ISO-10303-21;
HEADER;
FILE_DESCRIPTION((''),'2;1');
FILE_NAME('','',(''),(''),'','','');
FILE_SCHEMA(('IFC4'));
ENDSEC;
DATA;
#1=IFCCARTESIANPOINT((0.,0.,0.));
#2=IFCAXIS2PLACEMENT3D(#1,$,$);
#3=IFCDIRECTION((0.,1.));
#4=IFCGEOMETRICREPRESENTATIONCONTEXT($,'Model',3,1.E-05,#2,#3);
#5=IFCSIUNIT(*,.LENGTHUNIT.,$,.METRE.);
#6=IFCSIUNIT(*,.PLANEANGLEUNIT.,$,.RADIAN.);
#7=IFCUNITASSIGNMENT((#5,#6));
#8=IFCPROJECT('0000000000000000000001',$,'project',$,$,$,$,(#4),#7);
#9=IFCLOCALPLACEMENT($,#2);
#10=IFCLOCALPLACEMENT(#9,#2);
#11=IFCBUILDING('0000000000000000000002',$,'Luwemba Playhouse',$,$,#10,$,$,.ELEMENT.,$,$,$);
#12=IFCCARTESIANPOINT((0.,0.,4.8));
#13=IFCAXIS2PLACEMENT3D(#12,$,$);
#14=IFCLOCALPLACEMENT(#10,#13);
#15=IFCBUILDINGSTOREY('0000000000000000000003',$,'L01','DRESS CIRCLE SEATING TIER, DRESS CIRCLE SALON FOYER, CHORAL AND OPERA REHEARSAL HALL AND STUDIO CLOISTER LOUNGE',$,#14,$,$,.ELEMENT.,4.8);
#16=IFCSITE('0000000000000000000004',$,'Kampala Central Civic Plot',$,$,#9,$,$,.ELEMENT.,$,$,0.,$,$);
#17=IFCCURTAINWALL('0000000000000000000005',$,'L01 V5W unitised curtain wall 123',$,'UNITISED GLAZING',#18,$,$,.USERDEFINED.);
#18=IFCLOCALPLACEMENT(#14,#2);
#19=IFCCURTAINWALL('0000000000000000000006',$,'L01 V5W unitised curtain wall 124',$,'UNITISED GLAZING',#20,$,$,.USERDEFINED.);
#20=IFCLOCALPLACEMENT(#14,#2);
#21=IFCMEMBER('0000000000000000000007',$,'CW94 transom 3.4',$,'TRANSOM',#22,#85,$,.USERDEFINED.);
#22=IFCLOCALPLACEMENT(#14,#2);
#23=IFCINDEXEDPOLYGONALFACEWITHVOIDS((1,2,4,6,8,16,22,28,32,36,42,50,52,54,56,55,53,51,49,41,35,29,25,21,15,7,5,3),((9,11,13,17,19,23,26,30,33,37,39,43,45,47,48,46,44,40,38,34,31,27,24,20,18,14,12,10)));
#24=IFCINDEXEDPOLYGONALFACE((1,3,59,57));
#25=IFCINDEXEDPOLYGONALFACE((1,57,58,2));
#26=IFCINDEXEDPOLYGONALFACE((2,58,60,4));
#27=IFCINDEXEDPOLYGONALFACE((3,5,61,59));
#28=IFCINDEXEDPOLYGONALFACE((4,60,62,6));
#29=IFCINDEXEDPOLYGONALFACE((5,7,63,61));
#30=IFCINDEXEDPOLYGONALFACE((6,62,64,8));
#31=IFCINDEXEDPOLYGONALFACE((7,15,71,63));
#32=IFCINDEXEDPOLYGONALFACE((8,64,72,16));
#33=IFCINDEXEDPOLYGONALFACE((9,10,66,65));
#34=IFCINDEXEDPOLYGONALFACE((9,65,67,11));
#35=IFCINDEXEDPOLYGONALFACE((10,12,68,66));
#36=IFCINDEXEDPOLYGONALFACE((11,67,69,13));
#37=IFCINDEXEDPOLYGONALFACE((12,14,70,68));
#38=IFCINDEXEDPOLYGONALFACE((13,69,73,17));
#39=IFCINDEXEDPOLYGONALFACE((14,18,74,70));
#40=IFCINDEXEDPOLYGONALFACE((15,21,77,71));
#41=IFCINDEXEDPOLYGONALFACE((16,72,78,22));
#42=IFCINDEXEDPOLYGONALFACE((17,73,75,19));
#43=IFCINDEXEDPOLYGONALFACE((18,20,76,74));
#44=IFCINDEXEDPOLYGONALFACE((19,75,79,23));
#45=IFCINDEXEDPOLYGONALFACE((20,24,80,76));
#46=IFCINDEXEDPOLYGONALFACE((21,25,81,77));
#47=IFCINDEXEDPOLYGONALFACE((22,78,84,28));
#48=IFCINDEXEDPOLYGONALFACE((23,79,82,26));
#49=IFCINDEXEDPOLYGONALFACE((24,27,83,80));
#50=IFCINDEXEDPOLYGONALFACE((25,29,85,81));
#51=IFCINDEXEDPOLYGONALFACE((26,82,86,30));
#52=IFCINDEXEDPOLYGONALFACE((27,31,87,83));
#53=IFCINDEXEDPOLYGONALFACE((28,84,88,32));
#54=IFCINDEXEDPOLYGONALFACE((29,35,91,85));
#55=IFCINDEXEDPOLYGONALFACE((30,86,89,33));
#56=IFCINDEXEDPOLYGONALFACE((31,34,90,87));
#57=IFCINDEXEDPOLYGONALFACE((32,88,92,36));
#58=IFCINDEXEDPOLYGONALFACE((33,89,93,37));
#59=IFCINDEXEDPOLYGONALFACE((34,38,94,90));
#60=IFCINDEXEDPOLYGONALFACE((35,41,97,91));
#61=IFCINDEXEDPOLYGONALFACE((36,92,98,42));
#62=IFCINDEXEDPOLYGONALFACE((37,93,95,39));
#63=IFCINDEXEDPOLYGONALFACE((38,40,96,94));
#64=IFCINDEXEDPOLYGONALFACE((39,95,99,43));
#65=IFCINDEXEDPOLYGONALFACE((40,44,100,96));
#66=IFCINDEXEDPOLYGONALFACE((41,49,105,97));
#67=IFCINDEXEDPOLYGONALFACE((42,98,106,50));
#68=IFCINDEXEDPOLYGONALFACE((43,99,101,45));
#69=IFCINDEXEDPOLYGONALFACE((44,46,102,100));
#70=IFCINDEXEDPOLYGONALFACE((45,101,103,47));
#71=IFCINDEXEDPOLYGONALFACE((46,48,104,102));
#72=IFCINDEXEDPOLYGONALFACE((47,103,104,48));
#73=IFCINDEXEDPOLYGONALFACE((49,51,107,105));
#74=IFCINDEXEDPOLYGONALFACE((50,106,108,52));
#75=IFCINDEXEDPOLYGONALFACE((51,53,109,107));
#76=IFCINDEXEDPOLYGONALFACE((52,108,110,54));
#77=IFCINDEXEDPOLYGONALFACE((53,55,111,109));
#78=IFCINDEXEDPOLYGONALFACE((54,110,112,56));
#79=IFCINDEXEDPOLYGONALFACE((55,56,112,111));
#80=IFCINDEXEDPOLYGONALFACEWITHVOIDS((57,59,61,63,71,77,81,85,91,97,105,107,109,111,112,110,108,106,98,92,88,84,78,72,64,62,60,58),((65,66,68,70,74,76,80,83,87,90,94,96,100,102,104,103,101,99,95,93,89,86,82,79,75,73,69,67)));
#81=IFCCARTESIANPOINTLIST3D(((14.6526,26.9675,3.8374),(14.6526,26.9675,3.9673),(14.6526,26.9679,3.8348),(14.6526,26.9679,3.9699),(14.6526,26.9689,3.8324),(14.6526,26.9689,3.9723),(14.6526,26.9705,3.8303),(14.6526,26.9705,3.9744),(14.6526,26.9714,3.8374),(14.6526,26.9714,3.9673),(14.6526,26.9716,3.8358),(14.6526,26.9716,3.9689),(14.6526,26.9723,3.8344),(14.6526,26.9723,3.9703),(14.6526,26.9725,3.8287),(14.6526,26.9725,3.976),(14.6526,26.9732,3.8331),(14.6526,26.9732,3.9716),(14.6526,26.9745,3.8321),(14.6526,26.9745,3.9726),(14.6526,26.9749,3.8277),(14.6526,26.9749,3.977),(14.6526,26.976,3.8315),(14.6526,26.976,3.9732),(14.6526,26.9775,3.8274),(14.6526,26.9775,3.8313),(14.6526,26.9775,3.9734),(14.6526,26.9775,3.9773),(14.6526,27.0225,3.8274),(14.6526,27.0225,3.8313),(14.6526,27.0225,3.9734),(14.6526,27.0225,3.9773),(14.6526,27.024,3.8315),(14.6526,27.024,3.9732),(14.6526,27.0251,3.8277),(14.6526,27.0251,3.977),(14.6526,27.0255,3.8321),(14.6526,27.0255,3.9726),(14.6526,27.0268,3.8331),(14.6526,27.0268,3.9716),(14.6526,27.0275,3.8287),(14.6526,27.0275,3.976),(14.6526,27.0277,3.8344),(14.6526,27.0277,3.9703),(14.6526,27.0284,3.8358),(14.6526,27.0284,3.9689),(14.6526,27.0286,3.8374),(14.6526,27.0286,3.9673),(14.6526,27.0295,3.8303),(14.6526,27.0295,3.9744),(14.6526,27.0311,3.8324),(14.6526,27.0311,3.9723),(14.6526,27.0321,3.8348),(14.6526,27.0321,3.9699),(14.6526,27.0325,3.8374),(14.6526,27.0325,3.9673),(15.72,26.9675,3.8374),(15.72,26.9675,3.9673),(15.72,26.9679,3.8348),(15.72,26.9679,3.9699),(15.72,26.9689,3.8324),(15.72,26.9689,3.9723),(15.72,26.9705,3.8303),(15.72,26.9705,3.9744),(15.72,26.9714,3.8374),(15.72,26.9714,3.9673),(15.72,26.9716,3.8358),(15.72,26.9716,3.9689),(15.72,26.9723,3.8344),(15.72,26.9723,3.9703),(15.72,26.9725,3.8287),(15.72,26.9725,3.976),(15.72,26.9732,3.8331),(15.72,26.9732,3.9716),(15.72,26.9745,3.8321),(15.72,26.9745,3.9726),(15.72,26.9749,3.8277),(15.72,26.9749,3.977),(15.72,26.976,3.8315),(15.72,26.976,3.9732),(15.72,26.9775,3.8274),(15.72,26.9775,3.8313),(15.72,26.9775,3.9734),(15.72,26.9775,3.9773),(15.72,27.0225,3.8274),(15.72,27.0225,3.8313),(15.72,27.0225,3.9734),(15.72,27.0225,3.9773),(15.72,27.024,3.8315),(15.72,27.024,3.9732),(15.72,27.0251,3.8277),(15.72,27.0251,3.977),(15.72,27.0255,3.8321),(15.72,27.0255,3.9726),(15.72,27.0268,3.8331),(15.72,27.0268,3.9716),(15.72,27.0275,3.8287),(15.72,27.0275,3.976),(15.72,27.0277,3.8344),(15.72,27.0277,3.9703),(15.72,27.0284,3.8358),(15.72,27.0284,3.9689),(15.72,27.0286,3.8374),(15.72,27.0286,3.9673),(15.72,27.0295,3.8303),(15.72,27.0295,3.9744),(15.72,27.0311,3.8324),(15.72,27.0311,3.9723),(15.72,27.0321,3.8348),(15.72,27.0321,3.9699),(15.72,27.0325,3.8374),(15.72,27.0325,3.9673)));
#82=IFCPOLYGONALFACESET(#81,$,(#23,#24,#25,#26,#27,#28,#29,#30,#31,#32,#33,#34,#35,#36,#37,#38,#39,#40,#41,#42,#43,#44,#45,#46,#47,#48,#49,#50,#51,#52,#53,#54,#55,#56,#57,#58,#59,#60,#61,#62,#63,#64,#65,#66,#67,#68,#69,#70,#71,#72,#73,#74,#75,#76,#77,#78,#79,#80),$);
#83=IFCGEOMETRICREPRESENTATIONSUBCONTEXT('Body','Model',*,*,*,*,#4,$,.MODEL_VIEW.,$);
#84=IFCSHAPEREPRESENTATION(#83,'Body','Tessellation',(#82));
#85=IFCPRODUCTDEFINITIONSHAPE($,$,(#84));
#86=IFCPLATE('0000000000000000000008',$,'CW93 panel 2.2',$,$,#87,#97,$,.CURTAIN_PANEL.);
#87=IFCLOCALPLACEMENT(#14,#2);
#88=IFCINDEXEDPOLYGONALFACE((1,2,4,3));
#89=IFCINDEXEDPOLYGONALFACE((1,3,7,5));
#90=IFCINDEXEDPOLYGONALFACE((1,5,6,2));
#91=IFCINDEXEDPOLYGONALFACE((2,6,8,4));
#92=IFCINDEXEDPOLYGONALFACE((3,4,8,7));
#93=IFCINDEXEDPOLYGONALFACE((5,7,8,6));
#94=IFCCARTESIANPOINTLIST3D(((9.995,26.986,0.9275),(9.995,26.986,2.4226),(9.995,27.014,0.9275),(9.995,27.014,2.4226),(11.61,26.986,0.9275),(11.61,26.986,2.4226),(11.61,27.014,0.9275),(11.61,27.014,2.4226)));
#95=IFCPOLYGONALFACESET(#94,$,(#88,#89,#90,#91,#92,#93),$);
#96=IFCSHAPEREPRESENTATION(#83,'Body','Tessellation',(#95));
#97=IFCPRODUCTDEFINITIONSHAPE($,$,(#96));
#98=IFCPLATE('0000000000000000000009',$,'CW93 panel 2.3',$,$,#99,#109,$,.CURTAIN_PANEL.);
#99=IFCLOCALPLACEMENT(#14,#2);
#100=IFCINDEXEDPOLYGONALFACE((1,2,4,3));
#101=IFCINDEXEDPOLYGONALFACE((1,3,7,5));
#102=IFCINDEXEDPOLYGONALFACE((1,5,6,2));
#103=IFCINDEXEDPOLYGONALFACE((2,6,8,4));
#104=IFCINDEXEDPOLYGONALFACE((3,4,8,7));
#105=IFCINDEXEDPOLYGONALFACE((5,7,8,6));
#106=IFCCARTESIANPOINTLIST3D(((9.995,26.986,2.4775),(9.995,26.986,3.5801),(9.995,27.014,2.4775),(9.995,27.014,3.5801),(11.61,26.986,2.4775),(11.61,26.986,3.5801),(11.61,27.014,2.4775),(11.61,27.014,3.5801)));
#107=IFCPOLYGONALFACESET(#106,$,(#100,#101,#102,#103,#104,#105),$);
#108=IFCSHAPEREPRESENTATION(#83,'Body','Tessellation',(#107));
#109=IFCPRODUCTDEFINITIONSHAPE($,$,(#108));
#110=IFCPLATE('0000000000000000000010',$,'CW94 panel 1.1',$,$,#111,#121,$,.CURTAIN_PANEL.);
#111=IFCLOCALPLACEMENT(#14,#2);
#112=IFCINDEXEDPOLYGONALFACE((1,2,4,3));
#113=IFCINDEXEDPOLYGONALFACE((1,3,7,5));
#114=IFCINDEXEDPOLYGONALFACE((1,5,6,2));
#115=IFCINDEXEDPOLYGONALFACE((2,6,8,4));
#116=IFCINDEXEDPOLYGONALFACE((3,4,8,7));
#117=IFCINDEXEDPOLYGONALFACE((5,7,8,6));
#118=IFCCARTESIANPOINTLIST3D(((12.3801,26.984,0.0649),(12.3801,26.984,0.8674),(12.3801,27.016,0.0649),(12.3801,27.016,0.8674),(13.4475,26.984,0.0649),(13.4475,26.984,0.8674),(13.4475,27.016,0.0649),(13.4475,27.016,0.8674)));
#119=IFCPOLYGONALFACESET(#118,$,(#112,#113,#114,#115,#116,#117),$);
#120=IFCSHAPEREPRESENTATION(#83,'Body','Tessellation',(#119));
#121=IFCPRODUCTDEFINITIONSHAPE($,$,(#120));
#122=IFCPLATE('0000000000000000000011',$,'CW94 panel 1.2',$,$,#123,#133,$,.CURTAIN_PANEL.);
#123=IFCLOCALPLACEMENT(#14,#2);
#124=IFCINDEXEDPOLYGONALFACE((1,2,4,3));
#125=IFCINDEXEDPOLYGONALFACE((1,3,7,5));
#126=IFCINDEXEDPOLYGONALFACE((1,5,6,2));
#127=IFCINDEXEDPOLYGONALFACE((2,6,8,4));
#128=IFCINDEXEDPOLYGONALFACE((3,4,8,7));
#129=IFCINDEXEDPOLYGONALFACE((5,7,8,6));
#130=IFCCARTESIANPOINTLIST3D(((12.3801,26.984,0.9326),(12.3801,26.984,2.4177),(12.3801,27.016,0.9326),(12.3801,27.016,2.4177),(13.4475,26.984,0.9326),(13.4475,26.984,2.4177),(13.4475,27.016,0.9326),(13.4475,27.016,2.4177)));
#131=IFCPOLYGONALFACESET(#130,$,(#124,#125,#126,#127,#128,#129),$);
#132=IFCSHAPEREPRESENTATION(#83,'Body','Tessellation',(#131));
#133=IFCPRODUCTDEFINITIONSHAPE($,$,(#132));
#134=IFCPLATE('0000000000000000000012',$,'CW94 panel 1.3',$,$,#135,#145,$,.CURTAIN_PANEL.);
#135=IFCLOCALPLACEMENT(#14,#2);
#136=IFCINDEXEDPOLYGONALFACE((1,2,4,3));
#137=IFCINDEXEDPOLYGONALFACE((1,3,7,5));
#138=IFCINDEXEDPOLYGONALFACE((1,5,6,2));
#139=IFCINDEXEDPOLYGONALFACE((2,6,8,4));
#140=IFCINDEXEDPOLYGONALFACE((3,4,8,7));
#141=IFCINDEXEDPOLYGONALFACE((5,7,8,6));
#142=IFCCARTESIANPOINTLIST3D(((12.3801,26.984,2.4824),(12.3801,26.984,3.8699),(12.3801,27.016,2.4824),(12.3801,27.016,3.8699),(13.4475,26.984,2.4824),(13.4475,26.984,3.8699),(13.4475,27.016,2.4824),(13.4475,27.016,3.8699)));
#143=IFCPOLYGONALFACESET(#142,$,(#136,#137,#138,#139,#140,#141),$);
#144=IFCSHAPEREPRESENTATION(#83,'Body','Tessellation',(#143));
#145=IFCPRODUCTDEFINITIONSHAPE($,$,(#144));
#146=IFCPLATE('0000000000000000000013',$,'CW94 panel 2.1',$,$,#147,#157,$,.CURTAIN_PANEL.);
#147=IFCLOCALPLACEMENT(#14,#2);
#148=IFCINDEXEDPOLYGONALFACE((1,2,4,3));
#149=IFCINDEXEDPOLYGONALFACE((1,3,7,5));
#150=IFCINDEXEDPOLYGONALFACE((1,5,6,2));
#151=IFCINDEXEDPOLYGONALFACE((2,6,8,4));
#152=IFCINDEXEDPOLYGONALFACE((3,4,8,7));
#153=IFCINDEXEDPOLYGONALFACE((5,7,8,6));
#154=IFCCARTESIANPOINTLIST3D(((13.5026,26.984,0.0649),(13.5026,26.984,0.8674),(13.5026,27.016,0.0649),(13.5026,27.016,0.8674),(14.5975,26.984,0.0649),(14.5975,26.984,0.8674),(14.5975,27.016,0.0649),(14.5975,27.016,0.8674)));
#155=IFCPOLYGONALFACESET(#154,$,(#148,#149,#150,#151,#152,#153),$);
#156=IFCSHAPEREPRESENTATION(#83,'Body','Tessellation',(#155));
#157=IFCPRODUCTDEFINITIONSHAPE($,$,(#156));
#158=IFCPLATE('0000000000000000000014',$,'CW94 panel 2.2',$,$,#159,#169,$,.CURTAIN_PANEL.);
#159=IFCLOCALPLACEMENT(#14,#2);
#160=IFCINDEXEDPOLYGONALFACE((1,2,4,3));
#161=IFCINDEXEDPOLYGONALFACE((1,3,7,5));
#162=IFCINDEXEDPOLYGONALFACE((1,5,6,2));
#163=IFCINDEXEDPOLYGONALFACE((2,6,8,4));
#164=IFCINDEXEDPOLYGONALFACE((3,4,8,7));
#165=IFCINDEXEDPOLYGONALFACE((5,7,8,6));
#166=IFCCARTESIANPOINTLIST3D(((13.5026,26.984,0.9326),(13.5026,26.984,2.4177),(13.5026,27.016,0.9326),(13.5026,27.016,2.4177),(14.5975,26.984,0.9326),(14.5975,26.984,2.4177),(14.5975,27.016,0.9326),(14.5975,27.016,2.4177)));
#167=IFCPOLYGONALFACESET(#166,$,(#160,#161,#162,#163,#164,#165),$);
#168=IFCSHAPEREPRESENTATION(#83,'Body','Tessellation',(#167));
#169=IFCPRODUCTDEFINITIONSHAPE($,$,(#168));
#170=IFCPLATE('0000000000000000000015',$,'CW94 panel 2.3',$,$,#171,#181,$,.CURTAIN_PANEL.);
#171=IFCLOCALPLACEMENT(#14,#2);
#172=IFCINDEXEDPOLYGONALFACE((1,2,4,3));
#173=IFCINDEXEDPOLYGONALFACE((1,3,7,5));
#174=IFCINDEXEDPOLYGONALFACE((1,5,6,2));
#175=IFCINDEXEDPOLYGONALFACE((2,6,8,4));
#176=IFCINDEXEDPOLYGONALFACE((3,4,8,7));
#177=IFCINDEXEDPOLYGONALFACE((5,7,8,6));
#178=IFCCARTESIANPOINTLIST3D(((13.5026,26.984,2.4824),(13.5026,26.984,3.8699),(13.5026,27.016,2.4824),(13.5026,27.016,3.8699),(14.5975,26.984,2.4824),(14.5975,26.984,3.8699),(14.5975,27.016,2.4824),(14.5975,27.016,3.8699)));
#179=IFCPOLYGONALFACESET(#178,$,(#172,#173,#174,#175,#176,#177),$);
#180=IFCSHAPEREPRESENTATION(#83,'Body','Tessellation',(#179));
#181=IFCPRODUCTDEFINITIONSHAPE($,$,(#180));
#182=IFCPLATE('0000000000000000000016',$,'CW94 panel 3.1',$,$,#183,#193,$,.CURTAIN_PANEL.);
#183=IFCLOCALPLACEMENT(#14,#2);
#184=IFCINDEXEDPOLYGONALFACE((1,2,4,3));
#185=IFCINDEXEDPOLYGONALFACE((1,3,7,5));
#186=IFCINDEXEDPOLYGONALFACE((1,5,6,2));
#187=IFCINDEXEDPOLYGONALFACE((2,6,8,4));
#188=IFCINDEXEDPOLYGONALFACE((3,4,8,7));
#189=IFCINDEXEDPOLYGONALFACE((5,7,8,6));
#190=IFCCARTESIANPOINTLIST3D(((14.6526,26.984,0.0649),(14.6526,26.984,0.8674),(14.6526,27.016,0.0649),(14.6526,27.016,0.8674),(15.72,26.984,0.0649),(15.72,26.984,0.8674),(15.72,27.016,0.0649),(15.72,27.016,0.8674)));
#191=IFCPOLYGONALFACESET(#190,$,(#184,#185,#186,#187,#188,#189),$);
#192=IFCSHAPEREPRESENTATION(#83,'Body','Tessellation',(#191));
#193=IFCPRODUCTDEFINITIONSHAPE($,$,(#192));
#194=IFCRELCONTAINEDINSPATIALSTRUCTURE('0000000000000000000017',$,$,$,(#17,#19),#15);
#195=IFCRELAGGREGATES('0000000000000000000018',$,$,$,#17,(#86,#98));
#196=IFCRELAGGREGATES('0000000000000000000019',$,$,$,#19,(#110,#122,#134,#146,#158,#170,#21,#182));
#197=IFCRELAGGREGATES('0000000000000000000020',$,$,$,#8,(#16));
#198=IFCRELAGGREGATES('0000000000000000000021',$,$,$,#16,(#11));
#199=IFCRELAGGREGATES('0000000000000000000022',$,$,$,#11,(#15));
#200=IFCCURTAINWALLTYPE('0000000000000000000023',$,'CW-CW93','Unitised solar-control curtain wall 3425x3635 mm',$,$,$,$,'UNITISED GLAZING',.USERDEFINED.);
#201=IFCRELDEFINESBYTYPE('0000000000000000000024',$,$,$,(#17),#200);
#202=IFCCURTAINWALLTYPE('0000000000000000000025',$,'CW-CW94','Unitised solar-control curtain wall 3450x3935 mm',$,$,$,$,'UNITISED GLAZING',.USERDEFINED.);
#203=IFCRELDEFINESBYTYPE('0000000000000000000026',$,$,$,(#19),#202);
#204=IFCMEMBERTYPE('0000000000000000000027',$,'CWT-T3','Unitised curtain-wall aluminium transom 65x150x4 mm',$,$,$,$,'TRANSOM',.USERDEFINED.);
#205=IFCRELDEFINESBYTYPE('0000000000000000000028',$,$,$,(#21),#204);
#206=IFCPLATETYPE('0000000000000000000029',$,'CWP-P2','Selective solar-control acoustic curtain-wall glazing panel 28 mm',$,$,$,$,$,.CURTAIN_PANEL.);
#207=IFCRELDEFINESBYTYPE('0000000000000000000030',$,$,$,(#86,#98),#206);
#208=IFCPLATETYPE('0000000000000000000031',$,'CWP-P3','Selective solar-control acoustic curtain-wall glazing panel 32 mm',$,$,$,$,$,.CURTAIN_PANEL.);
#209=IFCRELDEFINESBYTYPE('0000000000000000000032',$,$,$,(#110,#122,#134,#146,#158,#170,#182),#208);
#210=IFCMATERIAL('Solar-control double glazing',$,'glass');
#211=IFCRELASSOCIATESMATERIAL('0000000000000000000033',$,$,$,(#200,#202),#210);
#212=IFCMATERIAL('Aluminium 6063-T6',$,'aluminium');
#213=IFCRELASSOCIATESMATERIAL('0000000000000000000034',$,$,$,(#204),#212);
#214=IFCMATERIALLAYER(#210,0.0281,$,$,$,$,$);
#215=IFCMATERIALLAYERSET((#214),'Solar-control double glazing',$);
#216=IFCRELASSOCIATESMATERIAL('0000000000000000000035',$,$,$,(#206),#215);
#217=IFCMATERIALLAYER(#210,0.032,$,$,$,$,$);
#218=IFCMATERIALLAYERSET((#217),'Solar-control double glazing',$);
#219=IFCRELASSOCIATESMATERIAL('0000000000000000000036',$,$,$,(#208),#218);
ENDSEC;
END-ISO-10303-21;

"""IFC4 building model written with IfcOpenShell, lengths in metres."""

from ifc_helpers import new_model, si_unit, direction, frame, origin, origin_2d, place, context, subcontext, project, spatial, rectangle, hollow_rectangle, extrude, material, layer, layer_set, material_profile, profile_set, type_object, element, aggregate, save


model = new_model("IFC4")

# Units and contexts
model_context = context("Model", 3, precision=1e-05, world=origin(), true_north=direction((0.0, 1.0)))
body_context = subcontext(model_context, "Body", "Model", "MODEL_VIEW")
ifc_project = project(units=[si_unit("LENGTHUNIT", "METRE"), si_unit("PLANEANGLEUNIT", "RADIAN")], contexts=[model_context])

# Site, building, storey
site_placement = place(None, origin())
site = spatial("IfcSite", under=ifc_project, at=site_placement, Name="Kampala Central Civic Plot", CompositionType="ELEMENT", RefElevation=0.0)
building_placement = place(site_placement, origin())
building = spatial("IfcBuilding", under=site, at=building_placement, Name="Luwemba Playhouse", CompositionType="ELEMENT")
storey_placement = place(building_placement, frame((0.0, 0.0, 4.8)))
storey = spatial("IfcBuildingStorey", under=building, at=storey_placement, Name="L01", Description="DRESS CIRCLE SEATING TIER, DRESS CIRCLE SALON FOYER, CHORAL AND OPERA REHEARSAL HALL AND STUDIO CLOISTER LOUNGE", CompositionType="ELEMENT", Elevation=4.8)

# Curtain wall
ifc_material_1 = material(Name="Solar-control double glazing", Category="glass")
curtain_wall_type_1 = type_object("IfcCurtainWallType", Name="CW-CW93", Description="Unitised solar-control curtain wall 3425x3635 mm", ElementType="UNITISED GLAZING", PredefinedType="USERDEFINED", material=ifc_material_1)
curtain_wall_1_placement = place(storey_placement, origin())
curtain_wall_1 = element("IfcCurtainWall", 1, at=curtain_wall_1_placement, inside=storey, type_object=curtain_wall_type_1, Name="L01 V5W unitised curtain wall 123", ObjectType="UNITISED GLAZING", PredefinedType="USERDEFINED")
ifc_material_2 = material(Name="Aluminium 6063-T6", Category="aluminium")

# Curtain wall, member
curtain_wall_type_2 = type_object("IfcCurtainWallType", Name="CW-CW94", Description="Unitised solar-control curtain wall 3450x3935 mm", ElementType="UNITISED GLAZING", PredefinedType="USERDEFINED", material=ifc_material_1)
curtain_wall_2_placement = place(storey_placement, origin())
curtain_wall_2 = element("IfcCurtainWall", 2, at=curtain_wall_2_placement, inside=storey, type_object=curtain_wall_type_2, Name="L01 V5W unitised curtain wall 124", ObjectType="UNITISED GLAZING", PredefinedType="USERDEFINED")
ifc_material_profile_1 = material_profile(ifc_material_2, hollow_rectangle(XDim=0.0649, YDim=0.1499, WallThickness=0.0039, InnerFilletRadius=0.0061, OuterFilletRadius=0.01, at=origin_2d()))
ifc_profile_set_1 = profile_set([ifc_material_profile_1], Name="Aluminium 6063-T6")
member_type_1 = type_object("IfcMemberType", Name="CWT-T3", Description="Unitised curtain-wall aluminium transom 65x150x4 mm", ElementType="TRANSOM", PredefinedType="USERDEFINED", material=ifc_profile_set_1)
member_1_placement = place(storey_placement, frame((14.6526, 27.0, 3.9023), z_axis=(1.0, 0.0, 0.0), x_axis=(0.0, 1.0, 0.0)))
member_1 = element("IfcMember", 3, at=member_1_placement, type_object=member_type_1, Name="CW94 transom 3.4", ObjectType="TRANSOM", PredefinedType="USERDEFINED", context=body_context, shape_type="SweptSolid", body=[
    extrude(hollow_rectangle(XDim=0.0649, YDim=0.1499, WallThickness=0.0039, InnerFilletRadius=0.0061, OuterFilletRadius=0.01, at=origin_2d()), origin(), (0.0, 0.0, 1.0), 1.0674),
])

# Plates
ifc_layer_1 = layer(ifc_material_1, 0.0281)
ifc_layer_set_1 = layer_set([ifc_layer_1], Name="Solar-control double glazing")
plate_type_1 = type_object("IfcPlateType", Name="CWP-P2", Description="Selective solar-control acoustic curtain-wall glazing panel 28 mm", PredefinedType="CURTAIN_PANEL", material=ifc_layer_set_1)
plate_1_placement = place(storey_placement, frame((10.8025, 27.0, 0.9275), z_axis=(0.0, 0.0, 1.0), x_axis=(1.0, 0.0, 0.0)))
plate_1 = element("IfcPlate", 4, at=plate_1_placement, type_object=plate_type_1, Name="CW93 panel 2.2", PredefinedType="CURTAIN_PANEL", context=body_context, shape_type="SweptSolid", body=[
    extrude(rectangle(XDim=1.615, YDim=0.0281, at=origin_2d()), origin(), (0.0, 0.0, 1.0), 1.4951),
])
plate_2_placement = place(storey_placement, frame((10.8025, 27.0, 2.4775), z_axis=(0.0, 0.0, 1.0), x_axis=(1.0, 0.0, 0.0)))
plate_2 = element("IfcPlate", 5, at=plate_2_placement, type_object=plate_type_1, Name="CW93 panel 2.3", PredefinedType="CURTAIN_PANEL", context=body_context, shape_type="SweptSolid", body=[
    extrude(rectangle(XDim=1.615, YDim=0.0281, at=origin_2d()), origin(), (0.0, 0.0, 1.0), 1.1025),
])
aggregate(curtain_wall_1, [plate_1, plate_2])
ifc_layer_2 = layer(ifc_material_1, 0.032)
ifc_layer_set_2 = layer_set([ifc_layer_2], Name="Solar-control double glazing")
plate_type_2 = type_object("IfcPlateType", Name="CWP-P3", Description="Selective solar-control acoustic curtain-wall glazing panel 32 mm", PredefinedType="CURTAIN_PANEL", material=ifc_layer_set_2)
plate_3_placement = place(storey_placement, frame((12.9138, 27.0, 0.0649), z_axis=(0.0, 0.0, 1.0), x_axis=(1.0, 0.0, 0.0)))
plate_3 = element("IfcPlate", 6, at=plate_3_placement, type_object=plate_type_2, Name="CW94 panel 1.1", PredefinedType="CURTAIN_PANEL", context=body_context, shape_type="SweptSolid", body=[
    extrude(rectangle(XDim=1.0674, YDim=0.032, at=origin_2d()), origin(), (0.0, 0.0, 1.0), 0.8025),
])
plate_4_placement = place(storey_placement, frame((12.9138, 27.0, 0.9326), z_axis=(0.0, 0.0, 1.0), x_axis=(1.0, 0.0, 0.0)))
plate_4 = element("IfcPlate", 7, at=plate_4_placement, type_object=plate_type_2, Name="CW94 panel 1.2", PredefinedType="CURTAIN_PANEL", context=body_context, shape_type="SweptSolid", body=[
    extrude(rectangle(XDim=1.0674, YDim=0.032, at=origin_2d()), origin(), (0.0, 0.0, 1.0), 1.4851),
])
plate_5_placement = place(storey_placement, frame((12.9138, 27.0, 2.4824), z_axis=(0.0, 0.0, 1.0), x_axis=(1.0, 0.0, 0.0)))
plate_5 = element("IfcPlate", 8, at=plate_5_placement, type_object=plate_type_2, Name="CW94 panel 1.3", PredefinedType="CURTAIN_PANEL", context=body_context, shape_type="SweptSolid", body=[
    extrude(rectangle(XDim=1.0674, YDim=0.032, at=origin_2d()), origin(), (0.0, 0.0, 1.0), 1.3875),
])
plate_6_placement = place(storey_placement, frame((14.05, 27.0, 0.0649), z_axis=(0.0, 0.0, 1.0), x_axis=(1.0, 0.0, 0.0)))
plate_6 = element("IfcPlate", 9, at=plate_6_placement, type_object=plate_type_2, Name="CW94 panel 2.1", PredefinedType="CURTAIN_PANEL", context=body_context, shape_type="SweptSolid", body=[
    extrude(rectangle(XDim=1.095, YDim=0.032, at=origin_2d()), origin(), (0.0, 0.0, 1.0), 0.8025),
])
plate_7_placement = place(storey_placement, frame((14.05, 27.0, 0.9326), z_axis=(0.0, 0.0, 1.0), x_axis=(1.0, 0.0, 0.0)))
plate_7 = element("IfcPlate", 10, at=plate_7_placement, type_object=plate_type_2, Name="CW94 panel 2.2", PredefinedType="CURTAIN_PANEL", context=body_context, shape_type="SweptSolid", body=[
    extrude(rectangle(XDim=1.095, YDim=0.032, at=origin_2d()), origin(), (0.0, 0.0, 1.0), 1.4851),
])
plate_8_placement = place(storey_placement, frame((14.05, 27.0, 2.4824), z_axis=(0.0, 0.0, 1.0), x_axis=(1.0, 0.0, 0.0)))
plate_8 = element("IfcPlate", 11, at=plate_8_placement, type_object=plate_type_2, Name="CW94 panel 2.3", PredefinedType="CURTAIN_PANEL", context=body_context, shape_type="SweptSolid", body=[
    extrude(rectangle(XDim=1.095, YDim=0.032, at=origin_2d()), origin(), (0.0, 0.0, 1.0), 1.3875),
])
plate_9_placement = place(storey_placement, frame((15.1863, 27.0, 0.0649), z_axis=(0.0, 0.0, 1.0), x_axis=(1.0, 0.0, 0.0)))
plate_9 = element("IfcPlate", 12, at=plate_9_placement, type_object=plate_type_2, Name="CW94 panel 3.1", PredefinedType="CURTAIN_PANEL", context=body_context, shape_type="SweptSolid", body=[
    extrude(rectangle(XDim=1.0674, YDim=0.032, at=origin_2d()), origin(), (0.0, 0.0, 1.0), 0.8025),
])
aggregate(curtain_wall_2, [plate_3, plate_4, plate_5, plate_6, plate_7, plate_8, member_1, plate_9])

save(model, "model.ifc")
